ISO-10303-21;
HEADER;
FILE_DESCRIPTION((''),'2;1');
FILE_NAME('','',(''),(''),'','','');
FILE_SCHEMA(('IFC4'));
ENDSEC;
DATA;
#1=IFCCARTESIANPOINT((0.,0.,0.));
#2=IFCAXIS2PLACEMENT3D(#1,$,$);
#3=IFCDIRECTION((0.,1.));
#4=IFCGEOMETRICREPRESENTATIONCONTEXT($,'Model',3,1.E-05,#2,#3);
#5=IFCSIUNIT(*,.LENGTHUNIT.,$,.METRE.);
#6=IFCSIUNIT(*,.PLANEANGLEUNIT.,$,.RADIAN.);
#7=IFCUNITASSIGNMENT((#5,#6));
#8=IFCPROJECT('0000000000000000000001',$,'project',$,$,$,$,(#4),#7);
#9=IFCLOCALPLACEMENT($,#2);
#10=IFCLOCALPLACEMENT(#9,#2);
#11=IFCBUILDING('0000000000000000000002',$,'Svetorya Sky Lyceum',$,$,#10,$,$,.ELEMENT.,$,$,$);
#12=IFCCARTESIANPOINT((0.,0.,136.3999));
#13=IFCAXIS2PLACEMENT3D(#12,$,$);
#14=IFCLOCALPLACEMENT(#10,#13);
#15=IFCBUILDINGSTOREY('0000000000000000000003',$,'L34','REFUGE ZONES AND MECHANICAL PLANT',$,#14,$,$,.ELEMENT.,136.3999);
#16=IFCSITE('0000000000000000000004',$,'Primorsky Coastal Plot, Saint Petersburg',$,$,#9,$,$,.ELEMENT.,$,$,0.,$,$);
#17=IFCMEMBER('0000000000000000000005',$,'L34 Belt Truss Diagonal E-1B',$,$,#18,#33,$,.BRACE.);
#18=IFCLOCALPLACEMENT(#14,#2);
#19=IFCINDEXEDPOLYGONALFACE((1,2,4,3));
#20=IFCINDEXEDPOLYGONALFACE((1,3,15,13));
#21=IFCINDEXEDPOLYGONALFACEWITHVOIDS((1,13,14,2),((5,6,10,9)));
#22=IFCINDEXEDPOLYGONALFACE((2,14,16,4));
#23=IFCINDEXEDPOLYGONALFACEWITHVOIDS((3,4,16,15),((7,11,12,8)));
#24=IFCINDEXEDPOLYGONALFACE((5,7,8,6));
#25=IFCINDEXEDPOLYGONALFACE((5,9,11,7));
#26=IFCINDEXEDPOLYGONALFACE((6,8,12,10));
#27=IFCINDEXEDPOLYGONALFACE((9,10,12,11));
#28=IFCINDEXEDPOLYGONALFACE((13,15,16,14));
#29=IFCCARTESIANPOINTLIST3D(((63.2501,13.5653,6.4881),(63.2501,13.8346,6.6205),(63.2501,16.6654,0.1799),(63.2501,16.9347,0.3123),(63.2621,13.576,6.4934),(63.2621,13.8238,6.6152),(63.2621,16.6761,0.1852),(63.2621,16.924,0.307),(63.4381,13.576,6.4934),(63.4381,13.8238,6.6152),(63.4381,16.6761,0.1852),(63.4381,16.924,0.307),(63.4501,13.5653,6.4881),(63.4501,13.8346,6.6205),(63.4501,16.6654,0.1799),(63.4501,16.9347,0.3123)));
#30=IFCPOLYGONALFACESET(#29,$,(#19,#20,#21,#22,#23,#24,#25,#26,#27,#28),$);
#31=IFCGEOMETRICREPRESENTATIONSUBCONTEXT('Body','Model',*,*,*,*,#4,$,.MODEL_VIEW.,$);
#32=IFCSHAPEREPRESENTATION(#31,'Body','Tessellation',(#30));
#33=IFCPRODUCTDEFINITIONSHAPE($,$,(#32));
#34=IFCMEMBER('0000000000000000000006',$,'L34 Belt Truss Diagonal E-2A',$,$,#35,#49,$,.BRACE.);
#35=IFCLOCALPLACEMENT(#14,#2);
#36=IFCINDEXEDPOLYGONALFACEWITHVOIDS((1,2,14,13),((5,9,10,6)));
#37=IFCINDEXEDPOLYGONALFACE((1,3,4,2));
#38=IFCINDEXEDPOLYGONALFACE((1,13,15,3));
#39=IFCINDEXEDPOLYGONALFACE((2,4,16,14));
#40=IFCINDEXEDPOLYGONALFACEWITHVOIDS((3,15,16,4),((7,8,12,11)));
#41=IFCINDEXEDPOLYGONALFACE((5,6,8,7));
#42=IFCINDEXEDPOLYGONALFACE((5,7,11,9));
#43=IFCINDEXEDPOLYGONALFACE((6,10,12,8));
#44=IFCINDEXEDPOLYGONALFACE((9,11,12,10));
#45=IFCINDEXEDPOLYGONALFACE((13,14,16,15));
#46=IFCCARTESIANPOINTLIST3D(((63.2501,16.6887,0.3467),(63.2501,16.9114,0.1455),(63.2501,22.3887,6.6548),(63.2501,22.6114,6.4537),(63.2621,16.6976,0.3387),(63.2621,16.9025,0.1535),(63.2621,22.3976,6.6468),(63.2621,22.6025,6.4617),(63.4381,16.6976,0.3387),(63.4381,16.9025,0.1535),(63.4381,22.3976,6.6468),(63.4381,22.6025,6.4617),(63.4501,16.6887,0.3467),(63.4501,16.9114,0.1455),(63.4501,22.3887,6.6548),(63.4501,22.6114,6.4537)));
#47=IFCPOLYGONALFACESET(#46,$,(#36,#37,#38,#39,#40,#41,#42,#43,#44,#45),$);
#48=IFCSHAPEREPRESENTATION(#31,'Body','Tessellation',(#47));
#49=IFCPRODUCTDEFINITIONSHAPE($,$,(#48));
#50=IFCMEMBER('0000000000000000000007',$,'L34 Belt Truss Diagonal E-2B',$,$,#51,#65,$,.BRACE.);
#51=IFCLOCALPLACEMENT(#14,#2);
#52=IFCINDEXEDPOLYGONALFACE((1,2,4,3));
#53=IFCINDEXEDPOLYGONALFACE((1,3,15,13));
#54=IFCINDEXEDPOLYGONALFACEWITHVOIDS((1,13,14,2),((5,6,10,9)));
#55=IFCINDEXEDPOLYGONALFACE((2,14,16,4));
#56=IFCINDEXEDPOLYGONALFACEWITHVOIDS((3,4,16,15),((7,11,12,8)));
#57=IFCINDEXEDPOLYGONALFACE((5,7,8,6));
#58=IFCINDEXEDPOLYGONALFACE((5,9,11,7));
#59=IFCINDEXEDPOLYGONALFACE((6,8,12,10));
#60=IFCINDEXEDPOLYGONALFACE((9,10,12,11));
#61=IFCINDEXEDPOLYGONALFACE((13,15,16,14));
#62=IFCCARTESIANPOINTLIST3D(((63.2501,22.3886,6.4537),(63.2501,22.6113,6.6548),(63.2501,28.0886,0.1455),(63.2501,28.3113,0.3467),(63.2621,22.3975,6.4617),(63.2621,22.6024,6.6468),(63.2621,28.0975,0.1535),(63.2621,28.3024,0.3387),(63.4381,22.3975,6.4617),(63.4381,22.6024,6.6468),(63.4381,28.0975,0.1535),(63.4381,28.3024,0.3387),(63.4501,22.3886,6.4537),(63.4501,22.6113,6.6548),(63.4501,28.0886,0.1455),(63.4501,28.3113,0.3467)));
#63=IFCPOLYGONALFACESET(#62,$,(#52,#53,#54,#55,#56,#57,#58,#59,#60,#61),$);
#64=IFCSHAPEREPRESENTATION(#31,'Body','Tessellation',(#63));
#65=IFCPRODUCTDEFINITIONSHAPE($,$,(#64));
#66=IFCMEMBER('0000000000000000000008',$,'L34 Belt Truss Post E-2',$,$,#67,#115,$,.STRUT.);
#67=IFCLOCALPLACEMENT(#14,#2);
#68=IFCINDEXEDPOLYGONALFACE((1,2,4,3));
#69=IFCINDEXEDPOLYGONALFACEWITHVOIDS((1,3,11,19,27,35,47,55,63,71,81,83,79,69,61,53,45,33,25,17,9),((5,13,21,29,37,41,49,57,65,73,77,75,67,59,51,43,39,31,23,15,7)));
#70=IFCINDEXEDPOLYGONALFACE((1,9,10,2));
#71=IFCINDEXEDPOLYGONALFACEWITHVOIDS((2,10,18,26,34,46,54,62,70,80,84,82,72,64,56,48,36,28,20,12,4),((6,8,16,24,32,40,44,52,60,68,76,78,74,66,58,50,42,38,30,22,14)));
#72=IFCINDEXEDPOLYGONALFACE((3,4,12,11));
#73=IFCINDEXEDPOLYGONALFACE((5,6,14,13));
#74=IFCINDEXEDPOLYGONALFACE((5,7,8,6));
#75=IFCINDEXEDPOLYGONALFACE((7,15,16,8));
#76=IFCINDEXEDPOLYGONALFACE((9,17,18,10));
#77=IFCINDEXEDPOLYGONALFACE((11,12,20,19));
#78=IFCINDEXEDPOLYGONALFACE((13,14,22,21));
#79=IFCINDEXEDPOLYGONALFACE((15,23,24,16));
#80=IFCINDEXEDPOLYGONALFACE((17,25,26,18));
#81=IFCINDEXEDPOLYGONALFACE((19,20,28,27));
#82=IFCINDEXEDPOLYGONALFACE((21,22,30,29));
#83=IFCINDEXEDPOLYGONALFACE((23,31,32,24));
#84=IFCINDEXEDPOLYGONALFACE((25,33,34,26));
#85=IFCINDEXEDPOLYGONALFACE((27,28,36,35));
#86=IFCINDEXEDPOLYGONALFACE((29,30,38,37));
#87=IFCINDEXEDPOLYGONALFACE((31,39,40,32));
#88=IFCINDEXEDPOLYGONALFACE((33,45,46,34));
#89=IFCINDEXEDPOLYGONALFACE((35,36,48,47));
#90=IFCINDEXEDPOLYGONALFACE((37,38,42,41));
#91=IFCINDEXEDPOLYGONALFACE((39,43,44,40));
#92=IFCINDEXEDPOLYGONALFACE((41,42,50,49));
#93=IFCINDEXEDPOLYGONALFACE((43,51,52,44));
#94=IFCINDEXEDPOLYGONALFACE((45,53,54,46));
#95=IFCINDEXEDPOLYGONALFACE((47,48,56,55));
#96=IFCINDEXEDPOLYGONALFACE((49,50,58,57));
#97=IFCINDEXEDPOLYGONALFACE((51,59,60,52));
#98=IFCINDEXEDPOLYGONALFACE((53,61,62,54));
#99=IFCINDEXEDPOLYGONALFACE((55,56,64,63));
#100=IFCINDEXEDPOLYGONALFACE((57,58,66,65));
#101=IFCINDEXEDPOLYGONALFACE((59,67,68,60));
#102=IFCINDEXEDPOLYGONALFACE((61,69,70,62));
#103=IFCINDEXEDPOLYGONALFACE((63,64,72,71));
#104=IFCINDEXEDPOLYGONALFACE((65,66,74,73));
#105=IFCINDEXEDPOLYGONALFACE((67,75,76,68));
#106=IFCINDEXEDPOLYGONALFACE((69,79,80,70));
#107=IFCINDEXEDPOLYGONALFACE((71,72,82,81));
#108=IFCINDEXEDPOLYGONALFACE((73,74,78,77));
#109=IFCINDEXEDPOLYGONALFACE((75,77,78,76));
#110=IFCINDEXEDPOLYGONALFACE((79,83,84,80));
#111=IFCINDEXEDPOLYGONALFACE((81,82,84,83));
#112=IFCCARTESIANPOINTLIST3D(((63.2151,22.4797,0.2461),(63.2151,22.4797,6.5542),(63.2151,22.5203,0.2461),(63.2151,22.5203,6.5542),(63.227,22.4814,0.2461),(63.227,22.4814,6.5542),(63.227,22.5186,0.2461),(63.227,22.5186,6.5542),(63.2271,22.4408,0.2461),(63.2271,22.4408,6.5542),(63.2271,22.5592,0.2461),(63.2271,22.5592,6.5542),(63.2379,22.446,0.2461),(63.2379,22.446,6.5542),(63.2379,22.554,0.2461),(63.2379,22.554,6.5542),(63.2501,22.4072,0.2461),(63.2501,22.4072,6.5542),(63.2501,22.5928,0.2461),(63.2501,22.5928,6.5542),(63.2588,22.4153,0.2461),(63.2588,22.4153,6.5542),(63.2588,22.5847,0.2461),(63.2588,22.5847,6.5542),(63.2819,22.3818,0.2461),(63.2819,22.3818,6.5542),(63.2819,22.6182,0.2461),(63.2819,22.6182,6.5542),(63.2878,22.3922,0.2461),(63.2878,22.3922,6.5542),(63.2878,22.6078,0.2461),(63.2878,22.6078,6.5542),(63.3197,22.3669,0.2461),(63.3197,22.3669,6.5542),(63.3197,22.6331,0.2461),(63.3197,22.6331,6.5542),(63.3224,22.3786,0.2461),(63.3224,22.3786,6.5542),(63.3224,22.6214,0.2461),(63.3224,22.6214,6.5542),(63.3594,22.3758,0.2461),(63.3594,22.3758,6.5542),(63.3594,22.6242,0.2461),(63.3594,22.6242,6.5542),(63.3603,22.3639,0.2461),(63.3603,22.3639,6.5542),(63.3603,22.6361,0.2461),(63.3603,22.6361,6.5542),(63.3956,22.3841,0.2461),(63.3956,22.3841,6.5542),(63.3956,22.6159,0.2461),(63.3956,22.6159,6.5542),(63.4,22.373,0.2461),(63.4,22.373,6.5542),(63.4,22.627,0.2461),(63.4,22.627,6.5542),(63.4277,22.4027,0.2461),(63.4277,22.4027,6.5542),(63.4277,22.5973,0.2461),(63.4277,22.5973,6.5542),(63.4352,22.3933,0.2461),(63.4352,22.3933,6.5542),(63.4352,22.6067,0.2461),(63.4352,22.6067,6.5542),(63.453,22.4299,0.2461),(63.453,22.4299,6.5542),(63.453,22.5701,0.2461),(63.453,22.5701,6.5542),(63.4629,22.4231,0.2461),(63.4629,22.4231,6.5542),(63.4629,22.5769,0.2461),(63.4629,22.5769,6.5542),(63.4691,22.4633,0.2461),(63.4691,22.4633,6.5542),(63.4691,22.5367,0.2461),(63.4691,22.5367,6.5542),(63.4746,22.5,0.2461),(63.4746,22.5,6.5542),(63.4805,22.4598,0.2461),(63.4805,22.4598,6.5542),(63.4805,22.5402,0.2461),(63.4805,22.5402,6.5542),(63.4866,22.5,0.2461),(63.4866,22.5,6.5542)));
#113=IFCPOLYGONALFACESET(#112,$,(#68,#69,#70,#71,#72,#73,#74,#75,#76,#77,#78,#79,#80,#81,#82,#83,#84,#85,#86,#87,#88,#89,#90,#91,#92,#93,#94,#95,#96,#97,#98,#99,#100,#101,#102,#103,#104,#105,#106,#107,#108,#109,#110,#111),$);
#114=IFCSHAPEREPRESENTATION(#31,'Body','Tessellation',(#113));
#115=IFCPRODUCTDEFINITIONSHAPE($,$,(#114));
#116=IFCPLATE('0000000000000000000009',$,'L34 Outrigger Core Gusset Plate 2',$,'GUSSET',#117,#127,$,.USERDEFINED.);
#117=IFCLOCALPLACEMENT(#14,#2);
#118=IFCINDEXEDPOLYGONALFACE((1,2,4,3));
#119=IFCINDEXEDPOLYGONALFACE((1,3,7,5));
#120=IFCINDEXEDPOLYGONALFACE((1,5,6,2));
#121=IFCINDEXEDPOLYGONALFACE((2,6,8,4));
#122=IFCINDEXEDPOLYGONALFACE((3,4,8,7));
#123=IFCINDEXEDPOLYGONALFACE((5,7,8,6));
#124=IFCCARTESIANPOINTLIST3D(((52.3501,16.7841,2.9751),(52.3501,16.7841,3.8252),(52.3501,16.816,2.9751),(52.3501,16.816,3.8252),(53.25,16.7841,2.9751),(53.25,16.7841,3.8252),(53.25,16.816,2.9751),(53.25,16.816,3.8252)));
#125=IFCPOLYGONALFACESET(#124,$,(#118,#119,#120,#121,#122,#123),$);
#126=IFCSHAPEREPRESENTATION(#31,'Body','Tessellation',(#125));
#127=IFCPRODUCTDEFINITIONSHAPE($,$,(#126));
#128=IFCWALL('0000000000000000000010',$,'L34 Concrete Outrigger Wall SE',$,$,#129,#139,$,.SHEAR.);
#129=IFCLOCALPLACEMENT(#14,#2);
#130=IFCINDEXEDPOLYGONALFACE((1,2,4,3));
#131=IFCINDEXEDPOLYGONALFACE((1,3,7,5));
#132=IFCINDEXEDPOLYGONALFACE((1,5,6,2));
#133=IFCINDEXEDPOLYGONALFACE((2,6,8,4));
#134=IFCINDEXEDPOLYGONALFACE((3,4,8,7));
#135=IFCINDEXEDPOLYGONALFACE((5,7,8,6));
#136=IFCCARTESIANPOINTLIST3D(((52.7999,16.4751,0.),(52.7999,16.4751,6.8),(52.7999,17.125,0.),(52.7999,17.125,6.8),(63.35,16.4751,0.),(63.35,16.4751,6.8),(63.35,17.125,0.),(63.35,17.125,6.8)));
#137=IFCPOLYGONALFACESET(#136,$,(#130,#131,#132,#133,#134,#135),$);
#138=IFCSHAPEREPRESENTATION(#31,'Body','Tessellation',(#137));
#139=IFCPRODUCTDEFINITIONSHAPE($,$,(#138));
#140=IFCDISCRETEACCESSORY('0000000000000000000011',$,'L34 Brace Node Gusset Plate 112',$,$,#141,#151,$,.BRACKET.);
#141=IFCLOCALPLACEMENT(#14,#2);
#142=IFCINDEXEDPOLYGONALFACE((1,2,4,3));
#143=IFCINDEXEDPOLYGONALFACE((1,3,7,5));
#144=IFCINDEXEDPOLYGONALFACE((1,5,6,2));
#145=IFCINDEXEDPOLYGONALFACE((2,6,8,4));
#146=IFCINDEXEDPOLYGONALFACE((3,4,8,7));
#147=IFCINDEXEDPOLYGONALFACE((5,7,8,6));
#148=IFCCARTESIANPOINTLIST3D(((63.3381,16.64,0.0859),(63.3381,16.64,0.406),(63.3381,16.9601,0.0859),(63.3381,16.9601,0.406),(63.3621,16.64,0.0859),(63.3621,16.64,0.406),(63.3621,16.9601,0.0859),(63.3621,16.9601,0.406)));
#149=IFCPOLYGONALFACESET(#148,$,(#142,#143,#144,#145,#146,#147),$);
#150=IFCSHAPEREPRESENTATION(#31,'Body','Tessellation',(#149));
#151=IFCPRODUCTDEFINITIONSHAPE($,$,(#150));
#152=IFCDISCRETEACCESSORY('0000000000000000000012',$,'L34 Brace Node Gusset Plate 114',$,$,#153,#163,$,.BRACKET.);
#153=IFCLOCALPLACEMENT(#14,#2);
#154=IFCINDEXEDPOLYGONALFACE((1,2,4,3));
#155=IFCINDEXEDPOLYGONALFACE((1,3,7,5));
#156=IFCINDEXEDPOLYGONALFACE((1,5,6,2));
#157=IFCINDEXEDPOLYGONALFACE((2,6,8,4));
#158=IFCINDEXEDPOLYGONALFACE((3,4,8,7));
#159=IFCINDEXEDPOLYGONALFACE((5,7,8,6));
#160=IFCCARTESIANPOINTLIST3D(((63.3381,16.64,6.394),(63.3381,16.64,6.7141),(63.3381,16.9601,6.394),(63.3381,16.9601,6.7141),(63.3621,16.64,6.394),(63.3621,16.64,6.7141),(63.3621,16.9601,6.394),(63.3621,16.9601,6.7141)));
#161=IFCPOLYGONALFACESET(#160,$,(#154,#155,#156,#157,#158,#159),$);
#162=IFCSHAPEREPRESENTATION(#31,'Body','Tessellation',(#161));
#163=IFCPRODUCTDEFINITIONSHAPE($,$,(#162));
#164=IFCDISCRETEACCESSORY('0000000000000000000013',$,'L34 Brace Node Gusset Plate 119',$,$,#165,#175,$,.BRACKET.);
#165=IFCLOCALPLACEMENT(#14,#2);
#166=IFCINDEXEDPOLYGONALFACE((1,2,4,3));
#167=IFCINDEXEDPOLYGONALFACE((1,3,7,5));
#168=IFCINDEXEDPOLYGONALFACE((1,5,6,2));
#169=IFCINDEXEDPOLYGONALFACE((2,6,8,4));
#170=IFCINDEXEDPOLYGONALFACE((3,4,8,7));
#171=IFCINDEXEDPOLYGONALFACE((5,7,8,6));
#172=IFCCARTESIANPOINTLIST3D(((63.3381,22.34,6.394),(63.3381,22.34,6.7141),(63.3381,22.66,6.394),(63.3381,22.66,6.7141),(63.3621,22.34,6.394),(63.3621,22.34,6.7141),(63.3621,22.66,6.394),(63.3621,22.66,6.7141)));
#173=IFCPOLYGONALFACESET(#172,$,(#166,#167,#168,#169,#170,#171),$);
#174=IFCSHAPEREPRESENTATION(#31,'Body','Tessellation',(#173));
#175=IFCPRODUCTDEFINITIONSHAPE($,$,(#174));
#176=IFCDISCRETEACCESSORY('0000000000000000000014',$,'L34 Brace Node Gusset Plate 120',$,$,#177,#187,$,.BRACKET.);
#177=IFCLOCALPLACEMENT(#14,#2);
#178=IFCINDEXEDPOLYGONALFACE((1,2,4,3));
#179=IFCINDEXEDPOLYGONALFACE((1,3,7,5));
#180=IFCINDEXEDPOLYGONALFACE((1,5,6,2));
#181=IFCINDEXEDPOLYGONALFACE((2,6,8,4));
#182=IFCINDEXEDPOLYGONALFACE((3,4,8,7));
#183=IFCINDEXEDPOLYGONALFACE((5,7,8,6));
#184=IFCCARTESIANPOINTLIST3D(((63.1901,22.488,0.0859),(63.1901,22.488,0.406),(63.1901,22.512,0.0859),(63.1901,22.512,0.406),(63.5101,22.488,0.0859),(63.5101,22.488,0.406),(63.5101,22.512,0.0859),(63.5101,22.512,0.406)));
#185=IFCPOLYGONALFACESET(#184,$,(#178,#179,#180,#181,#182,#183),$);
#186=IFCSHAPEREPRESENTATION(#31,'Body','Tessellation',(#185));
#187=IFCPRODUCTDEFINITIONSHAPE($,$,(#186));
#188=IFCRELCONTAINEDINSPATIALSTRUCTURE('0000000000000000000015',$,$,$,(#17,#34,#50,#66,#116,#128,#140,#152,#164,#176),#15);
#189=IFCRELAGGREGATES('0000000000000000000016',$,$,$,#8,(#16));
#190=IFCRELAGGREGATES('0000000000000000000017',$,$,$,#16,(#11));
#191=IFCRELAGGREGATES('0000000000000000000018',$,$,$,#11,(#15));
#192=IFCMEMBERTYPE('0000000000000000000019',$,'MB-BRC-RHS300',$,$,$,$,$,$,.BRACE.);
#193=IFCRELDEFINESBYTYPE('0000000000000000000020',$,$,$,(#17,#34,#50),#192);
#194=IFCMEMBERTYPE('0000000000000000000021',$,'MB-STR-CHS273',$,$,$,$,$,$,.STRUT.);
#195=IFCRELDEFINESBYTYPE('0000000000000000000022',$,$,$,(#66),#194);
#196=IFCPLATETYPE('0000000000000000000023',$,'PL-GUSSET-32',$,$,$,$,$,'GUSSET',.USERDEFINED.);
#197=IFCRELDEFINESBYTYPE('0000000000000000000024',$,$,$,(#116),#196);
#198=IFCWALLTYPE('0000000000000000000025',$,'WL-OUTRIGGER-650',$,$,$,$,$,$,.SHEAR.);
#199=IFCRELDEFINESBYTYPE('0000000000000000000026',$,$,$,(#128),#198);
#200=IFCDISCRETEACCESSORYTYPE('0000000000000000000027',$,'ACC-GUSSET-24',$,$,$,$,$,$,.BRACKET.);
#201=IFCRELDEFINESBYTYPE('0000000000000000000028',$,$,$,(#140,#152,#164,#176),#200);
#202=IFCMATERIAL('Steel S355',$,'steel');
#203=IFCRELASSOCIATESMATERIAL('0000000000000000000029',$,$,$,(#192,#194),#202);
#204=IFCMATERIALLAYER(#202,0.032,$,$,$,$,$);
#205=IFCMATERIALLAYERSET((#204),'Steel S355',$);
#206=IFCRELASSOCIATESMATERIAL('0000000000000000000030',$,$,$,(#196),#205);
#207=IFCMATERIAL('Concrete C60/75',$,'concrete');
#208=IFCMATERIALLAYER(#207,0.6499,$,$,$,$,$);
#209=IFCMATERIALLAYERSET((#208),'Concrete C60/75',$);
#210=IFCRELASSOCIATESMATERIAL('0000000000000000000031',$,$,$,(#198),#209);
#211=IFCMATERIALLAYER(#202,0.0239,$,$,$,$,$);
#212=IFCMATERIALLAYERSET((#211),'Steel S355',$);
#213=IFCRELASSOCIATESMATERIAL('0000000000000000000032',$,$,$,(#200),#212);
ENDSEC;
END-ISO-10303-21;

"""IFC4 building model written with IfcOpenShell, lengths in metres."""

from ifc_helpers import new_model, si_unit, direction, frame, frame_2d, origin, origin_2d, place, context, subcontext, project, spatial, rectangle, hollow_rectangle, hollow_circle, extrude, material, layer, layer_set, material_profile, profile_set, type_object, element, save


model = new_model("IFC4")

# Units and contexts
model_context = context("Model", 3, precision=1e-05, world=origin(), true_north=direction((0.0, 1.0)))
body_context = subcontext(model_context, "Body", "Model", "MODEL_VIEW")
ifc_project = project(units=[si_unit("LENGTHUNIT", "METRE"), si_unit("PLANEANGLEUNIT", "RADIAN")], contexts=[model_context])

# Site, building, storey
site_placement = place(None, origin())
site = spatial("IfcSite", under=ifc_project, at=site_placement, Name="Primorsky Coastal Plot, Saint Petersburg", CompositionType="ELEMENT", RefElevation=0.0)
building_placement = place(site_placement, origin())
building = spatial("IfcBuilding", under=site, at=building_placement, Name="Svetorya Sky Lyceum", CompositionType="ELEMENT")
storey_placement = place(building_placement, frame((0.0, 0.0, 136.3999)))
storey = spatial("IfcBuildingStorey", under=building, at=storey_placement, Name="L34", Description="REFUGE ZONES AND MECHANICAL PLANT", CompositionType="ELEMENT", Elevation=136.3999)

# Shared definitions
ifc_material_1 = material(Name="Steel S355", Category="steel")
ifc_material_2 = material(Name="Concrete C60/75", Category="concrete")

# Members
ifc_material_profile_1 = material_profile(ifc_material_1, hollow_rectangle(XDim=0.2, YDim=0.3, WallThickness=0.012, at=origin_2d()), Name="RHS 300x200x12")
ifc_profile_set_1 = profile_set([ifc_material_profile_1], Name="Steel S355")
member_type_1 = type_object("IfcMemberType", Name="MB-BRC-RHS300", PredefinedType="BRACE", material=ifc_profile_set_1)
member_1_placement = place(storey_placement, frame((63.3501, 16.8, 0.2461), z_axis=(0.0, -0.441062, 0.897477), x_axis=(1.0, 0.0, 0.0)))
element("IfcMember", 1, at=member_1_placement, inside=storey, type_object=member_type_1, Name="L34 Belt Truss Diagonal E-1B", PredefinedType="BRACE", context=body_context, shape_type="SweptSolid", body=[
    extrude(hollow_rectangle(XDim=0.2, YDim=0.3, WallThickness=0.012, at=origin_2d()), origin(), (0.0, 0.0, 1.0), 7.0288),
])
for number, where, z_axis, x_axis, name in (
    (2, (63.3501, 16.8, 0.2461), (0.0, 0.670436, 0.741968), (-1.0, 0.0, 0.0), "L34 Belt Truss Diagonal E-2A"),
    (3, (63.3501, 28.2, 0.2461), (0.0, -0.670436, 0.741968), (1.0, 0.0, 0.0), "L34 Belt Truss Diagonal E-2B"),
):
    element("IfcMember", number, at=place(storey_placement, frame(where, z_axis=z_axis, x_axis=x_axis)), inside=storey, type_object=member_type_1, Name=name, PredefinedType="BRACE", context=body_context, shape_type="SweptSolid", body=[
        extrude(hollow_rectangle(XDim=0.2, YDim=0.3, WallThickness=0.012, at=origin_2d()), origin(), (0.0, 0.0, 1.0), 8.502),
    ])
ifc_material_profile_2 = material_profile(ifc_material_1, hollow_circle(Radius=0.1365, WallThickness=0.012, at=origin_2d()), Name="CHS 273x12")
ifc_profile_set_2 = profile_set([ifc_material_profile_2], Name="Steel S355")
member_type_2 = type_object("IfcMemberType", Name="MB-STR-CHS273", PredefinedType="STRUT", material=ifc_profile_set_2)
member_2_placement = place(storey_placement, frame((63.3501, 22.5, 0.2461), z_axis=(0.0, 0.0, 1.0), x_axis=(1.0, 0.0, 0.0)))
element("IfcMember", 4, at=member_2_placement, inside=storey, type_object=member_type_2, Name="L34 Belt Truss Post E-2", PredefinedType="STRUT", context=body_context, shape_type="SweptSolid", body=[
    extrude(hollow_circle(Radius=0.1365, WallThickness=0.012, at=origin_2d()), origin(), (0.0, 0.0, 1.0), 6.3081),
])

# Plate
ifc_layer_1 = layer(ifc_material_1, 0.032)
ifc_layer_set_1 = layer_set([ifc_layer_1], Name="Steel S355")
plate_type = type_object("IfcPlateType", Name="PL-GUSSET-32", ElementType="GUSSET", PredefinedType="USERDEFINED", material=ifc_layer_set_1)
plate_placement = place(storey_placement, frame((52.8, 16.8, 2.9751), z_axis=(0.0, 0.0, 1.0), x_axis=(1.0, 0.0, 0.0)))
element("IfcPlate", 5, at=plate_placement, inside=storey, type_object=plate_type, Name="L34 Outrigger Core Gusset Plate 2", ObjectType="GUSSET", PredefinedType="USERDEFINED", context=body_context, shape_type="SweptSolid", body=[
    extrude(rectangle(XDim=0.8999, YDim=0.032, at=origin_2d()), origin(), (0.0, 0.0, 1.0), 0.8501),
])

# Wall
ifc_layer_2 = layer(ifc_material_2, 0.6499)
ifc_layer_set_2 = layer_set([ifc_layer_2], Name="Concrete C60/75")
wall_type = type_object("IfcWallType", Name="WL-OUTRIGGER-650", PredefinedType="SHEAR", material=ifc_layer_set_2)
wall_placement = place(storey_placement, frame((52.8, 16.8, 0.0), z_axis=(0.0, 0.0, 1.0), x_axis=(1.0, 0.0, 0.0)))
element("IfcWall", 6, at=wall_placement, inside=storey, type_object=wall_type, Name="L34 Concrete Outrigger Wall SE", PredefinedType="SHEAR", context=body_context, shape_type="SweptSolid", body=[
    extrude(rectangle(XDim=10.55, YDim=0.6499, at=frame_2d((5.2749, 0.0))), origin(), (0.0, 0.0, 1.0), 6.8),
])

# Discrete accessories
ifc_layer_3 = layer(ifc_material_1, 0.0239)
ifc_layer_set_3 = layer_set([ifc_layer_3], Name="Steel S355")
discrete_accessory_type = type_object("IfcDiscreteAccessoryType", Name="ACC-GUSSET-24", PredefinedType="BRACKET", material=ifc_layer_set_3)
for number, where, z_axis, x_axis, name in (
    (7, (63.3501, 16.8, 0.0859), (0.0, 0.0, 1.0), (1.0, 0.0, 0.0), "L34 Brace Node Gusset Plate 112"),
    (8, (63.3501, 16.8, 6.394), (0.0, 0.0, 1.0), (1.0, 0.0, 0.0), "L34 Brace Node Gusset Plate 114"),
    (9, (63.3501, 22.5, 6.394), (0.0, 0.0, 1.0), (1.0, 0.0, 0.0), "L34 Brace Node Gusset Plate 119"),
):
    element("IfcDiscreteAccessory", number, at=place(storey_placement, frame(where, z_axis=z_axis, x_axis=x_axis)), inside=storey, type_object=discrete_accessory_type, Name=name, PredefinedType="BRACKET", context=body_context, shape_type="SweptSolid", body=[
        extrude(rectangle(XDim=0.0239, YDim=0.3201, at=origin_2d()), origin(), (0.0, 0.0, 1.0), 0.3201),
    ])
discrete_accessory_placement = place(storey_placement, frame((63.3501, 22.5, 0.0859), z_axis=(0.0, 0.0, 1.0), x_axis=(1.0, 0.0, 0.0)))
element("IfcDiscreteAccessory", 10, at=discrete_accessory_placement, inside=storey, type_object=discrete_accessory_type, Name="L34 Brace Node Gusset Plate 120", PredefinedType="BRACKET", context=body_context, shape_type="SweptSolid", body=[
    extrude(rectangle(XDim=0.3201, YDim=0.0239, at=origin_2d()), origin(), (0.0, 0.0, 1.0), 0.3201),
])

save(model, "model.ifc")
